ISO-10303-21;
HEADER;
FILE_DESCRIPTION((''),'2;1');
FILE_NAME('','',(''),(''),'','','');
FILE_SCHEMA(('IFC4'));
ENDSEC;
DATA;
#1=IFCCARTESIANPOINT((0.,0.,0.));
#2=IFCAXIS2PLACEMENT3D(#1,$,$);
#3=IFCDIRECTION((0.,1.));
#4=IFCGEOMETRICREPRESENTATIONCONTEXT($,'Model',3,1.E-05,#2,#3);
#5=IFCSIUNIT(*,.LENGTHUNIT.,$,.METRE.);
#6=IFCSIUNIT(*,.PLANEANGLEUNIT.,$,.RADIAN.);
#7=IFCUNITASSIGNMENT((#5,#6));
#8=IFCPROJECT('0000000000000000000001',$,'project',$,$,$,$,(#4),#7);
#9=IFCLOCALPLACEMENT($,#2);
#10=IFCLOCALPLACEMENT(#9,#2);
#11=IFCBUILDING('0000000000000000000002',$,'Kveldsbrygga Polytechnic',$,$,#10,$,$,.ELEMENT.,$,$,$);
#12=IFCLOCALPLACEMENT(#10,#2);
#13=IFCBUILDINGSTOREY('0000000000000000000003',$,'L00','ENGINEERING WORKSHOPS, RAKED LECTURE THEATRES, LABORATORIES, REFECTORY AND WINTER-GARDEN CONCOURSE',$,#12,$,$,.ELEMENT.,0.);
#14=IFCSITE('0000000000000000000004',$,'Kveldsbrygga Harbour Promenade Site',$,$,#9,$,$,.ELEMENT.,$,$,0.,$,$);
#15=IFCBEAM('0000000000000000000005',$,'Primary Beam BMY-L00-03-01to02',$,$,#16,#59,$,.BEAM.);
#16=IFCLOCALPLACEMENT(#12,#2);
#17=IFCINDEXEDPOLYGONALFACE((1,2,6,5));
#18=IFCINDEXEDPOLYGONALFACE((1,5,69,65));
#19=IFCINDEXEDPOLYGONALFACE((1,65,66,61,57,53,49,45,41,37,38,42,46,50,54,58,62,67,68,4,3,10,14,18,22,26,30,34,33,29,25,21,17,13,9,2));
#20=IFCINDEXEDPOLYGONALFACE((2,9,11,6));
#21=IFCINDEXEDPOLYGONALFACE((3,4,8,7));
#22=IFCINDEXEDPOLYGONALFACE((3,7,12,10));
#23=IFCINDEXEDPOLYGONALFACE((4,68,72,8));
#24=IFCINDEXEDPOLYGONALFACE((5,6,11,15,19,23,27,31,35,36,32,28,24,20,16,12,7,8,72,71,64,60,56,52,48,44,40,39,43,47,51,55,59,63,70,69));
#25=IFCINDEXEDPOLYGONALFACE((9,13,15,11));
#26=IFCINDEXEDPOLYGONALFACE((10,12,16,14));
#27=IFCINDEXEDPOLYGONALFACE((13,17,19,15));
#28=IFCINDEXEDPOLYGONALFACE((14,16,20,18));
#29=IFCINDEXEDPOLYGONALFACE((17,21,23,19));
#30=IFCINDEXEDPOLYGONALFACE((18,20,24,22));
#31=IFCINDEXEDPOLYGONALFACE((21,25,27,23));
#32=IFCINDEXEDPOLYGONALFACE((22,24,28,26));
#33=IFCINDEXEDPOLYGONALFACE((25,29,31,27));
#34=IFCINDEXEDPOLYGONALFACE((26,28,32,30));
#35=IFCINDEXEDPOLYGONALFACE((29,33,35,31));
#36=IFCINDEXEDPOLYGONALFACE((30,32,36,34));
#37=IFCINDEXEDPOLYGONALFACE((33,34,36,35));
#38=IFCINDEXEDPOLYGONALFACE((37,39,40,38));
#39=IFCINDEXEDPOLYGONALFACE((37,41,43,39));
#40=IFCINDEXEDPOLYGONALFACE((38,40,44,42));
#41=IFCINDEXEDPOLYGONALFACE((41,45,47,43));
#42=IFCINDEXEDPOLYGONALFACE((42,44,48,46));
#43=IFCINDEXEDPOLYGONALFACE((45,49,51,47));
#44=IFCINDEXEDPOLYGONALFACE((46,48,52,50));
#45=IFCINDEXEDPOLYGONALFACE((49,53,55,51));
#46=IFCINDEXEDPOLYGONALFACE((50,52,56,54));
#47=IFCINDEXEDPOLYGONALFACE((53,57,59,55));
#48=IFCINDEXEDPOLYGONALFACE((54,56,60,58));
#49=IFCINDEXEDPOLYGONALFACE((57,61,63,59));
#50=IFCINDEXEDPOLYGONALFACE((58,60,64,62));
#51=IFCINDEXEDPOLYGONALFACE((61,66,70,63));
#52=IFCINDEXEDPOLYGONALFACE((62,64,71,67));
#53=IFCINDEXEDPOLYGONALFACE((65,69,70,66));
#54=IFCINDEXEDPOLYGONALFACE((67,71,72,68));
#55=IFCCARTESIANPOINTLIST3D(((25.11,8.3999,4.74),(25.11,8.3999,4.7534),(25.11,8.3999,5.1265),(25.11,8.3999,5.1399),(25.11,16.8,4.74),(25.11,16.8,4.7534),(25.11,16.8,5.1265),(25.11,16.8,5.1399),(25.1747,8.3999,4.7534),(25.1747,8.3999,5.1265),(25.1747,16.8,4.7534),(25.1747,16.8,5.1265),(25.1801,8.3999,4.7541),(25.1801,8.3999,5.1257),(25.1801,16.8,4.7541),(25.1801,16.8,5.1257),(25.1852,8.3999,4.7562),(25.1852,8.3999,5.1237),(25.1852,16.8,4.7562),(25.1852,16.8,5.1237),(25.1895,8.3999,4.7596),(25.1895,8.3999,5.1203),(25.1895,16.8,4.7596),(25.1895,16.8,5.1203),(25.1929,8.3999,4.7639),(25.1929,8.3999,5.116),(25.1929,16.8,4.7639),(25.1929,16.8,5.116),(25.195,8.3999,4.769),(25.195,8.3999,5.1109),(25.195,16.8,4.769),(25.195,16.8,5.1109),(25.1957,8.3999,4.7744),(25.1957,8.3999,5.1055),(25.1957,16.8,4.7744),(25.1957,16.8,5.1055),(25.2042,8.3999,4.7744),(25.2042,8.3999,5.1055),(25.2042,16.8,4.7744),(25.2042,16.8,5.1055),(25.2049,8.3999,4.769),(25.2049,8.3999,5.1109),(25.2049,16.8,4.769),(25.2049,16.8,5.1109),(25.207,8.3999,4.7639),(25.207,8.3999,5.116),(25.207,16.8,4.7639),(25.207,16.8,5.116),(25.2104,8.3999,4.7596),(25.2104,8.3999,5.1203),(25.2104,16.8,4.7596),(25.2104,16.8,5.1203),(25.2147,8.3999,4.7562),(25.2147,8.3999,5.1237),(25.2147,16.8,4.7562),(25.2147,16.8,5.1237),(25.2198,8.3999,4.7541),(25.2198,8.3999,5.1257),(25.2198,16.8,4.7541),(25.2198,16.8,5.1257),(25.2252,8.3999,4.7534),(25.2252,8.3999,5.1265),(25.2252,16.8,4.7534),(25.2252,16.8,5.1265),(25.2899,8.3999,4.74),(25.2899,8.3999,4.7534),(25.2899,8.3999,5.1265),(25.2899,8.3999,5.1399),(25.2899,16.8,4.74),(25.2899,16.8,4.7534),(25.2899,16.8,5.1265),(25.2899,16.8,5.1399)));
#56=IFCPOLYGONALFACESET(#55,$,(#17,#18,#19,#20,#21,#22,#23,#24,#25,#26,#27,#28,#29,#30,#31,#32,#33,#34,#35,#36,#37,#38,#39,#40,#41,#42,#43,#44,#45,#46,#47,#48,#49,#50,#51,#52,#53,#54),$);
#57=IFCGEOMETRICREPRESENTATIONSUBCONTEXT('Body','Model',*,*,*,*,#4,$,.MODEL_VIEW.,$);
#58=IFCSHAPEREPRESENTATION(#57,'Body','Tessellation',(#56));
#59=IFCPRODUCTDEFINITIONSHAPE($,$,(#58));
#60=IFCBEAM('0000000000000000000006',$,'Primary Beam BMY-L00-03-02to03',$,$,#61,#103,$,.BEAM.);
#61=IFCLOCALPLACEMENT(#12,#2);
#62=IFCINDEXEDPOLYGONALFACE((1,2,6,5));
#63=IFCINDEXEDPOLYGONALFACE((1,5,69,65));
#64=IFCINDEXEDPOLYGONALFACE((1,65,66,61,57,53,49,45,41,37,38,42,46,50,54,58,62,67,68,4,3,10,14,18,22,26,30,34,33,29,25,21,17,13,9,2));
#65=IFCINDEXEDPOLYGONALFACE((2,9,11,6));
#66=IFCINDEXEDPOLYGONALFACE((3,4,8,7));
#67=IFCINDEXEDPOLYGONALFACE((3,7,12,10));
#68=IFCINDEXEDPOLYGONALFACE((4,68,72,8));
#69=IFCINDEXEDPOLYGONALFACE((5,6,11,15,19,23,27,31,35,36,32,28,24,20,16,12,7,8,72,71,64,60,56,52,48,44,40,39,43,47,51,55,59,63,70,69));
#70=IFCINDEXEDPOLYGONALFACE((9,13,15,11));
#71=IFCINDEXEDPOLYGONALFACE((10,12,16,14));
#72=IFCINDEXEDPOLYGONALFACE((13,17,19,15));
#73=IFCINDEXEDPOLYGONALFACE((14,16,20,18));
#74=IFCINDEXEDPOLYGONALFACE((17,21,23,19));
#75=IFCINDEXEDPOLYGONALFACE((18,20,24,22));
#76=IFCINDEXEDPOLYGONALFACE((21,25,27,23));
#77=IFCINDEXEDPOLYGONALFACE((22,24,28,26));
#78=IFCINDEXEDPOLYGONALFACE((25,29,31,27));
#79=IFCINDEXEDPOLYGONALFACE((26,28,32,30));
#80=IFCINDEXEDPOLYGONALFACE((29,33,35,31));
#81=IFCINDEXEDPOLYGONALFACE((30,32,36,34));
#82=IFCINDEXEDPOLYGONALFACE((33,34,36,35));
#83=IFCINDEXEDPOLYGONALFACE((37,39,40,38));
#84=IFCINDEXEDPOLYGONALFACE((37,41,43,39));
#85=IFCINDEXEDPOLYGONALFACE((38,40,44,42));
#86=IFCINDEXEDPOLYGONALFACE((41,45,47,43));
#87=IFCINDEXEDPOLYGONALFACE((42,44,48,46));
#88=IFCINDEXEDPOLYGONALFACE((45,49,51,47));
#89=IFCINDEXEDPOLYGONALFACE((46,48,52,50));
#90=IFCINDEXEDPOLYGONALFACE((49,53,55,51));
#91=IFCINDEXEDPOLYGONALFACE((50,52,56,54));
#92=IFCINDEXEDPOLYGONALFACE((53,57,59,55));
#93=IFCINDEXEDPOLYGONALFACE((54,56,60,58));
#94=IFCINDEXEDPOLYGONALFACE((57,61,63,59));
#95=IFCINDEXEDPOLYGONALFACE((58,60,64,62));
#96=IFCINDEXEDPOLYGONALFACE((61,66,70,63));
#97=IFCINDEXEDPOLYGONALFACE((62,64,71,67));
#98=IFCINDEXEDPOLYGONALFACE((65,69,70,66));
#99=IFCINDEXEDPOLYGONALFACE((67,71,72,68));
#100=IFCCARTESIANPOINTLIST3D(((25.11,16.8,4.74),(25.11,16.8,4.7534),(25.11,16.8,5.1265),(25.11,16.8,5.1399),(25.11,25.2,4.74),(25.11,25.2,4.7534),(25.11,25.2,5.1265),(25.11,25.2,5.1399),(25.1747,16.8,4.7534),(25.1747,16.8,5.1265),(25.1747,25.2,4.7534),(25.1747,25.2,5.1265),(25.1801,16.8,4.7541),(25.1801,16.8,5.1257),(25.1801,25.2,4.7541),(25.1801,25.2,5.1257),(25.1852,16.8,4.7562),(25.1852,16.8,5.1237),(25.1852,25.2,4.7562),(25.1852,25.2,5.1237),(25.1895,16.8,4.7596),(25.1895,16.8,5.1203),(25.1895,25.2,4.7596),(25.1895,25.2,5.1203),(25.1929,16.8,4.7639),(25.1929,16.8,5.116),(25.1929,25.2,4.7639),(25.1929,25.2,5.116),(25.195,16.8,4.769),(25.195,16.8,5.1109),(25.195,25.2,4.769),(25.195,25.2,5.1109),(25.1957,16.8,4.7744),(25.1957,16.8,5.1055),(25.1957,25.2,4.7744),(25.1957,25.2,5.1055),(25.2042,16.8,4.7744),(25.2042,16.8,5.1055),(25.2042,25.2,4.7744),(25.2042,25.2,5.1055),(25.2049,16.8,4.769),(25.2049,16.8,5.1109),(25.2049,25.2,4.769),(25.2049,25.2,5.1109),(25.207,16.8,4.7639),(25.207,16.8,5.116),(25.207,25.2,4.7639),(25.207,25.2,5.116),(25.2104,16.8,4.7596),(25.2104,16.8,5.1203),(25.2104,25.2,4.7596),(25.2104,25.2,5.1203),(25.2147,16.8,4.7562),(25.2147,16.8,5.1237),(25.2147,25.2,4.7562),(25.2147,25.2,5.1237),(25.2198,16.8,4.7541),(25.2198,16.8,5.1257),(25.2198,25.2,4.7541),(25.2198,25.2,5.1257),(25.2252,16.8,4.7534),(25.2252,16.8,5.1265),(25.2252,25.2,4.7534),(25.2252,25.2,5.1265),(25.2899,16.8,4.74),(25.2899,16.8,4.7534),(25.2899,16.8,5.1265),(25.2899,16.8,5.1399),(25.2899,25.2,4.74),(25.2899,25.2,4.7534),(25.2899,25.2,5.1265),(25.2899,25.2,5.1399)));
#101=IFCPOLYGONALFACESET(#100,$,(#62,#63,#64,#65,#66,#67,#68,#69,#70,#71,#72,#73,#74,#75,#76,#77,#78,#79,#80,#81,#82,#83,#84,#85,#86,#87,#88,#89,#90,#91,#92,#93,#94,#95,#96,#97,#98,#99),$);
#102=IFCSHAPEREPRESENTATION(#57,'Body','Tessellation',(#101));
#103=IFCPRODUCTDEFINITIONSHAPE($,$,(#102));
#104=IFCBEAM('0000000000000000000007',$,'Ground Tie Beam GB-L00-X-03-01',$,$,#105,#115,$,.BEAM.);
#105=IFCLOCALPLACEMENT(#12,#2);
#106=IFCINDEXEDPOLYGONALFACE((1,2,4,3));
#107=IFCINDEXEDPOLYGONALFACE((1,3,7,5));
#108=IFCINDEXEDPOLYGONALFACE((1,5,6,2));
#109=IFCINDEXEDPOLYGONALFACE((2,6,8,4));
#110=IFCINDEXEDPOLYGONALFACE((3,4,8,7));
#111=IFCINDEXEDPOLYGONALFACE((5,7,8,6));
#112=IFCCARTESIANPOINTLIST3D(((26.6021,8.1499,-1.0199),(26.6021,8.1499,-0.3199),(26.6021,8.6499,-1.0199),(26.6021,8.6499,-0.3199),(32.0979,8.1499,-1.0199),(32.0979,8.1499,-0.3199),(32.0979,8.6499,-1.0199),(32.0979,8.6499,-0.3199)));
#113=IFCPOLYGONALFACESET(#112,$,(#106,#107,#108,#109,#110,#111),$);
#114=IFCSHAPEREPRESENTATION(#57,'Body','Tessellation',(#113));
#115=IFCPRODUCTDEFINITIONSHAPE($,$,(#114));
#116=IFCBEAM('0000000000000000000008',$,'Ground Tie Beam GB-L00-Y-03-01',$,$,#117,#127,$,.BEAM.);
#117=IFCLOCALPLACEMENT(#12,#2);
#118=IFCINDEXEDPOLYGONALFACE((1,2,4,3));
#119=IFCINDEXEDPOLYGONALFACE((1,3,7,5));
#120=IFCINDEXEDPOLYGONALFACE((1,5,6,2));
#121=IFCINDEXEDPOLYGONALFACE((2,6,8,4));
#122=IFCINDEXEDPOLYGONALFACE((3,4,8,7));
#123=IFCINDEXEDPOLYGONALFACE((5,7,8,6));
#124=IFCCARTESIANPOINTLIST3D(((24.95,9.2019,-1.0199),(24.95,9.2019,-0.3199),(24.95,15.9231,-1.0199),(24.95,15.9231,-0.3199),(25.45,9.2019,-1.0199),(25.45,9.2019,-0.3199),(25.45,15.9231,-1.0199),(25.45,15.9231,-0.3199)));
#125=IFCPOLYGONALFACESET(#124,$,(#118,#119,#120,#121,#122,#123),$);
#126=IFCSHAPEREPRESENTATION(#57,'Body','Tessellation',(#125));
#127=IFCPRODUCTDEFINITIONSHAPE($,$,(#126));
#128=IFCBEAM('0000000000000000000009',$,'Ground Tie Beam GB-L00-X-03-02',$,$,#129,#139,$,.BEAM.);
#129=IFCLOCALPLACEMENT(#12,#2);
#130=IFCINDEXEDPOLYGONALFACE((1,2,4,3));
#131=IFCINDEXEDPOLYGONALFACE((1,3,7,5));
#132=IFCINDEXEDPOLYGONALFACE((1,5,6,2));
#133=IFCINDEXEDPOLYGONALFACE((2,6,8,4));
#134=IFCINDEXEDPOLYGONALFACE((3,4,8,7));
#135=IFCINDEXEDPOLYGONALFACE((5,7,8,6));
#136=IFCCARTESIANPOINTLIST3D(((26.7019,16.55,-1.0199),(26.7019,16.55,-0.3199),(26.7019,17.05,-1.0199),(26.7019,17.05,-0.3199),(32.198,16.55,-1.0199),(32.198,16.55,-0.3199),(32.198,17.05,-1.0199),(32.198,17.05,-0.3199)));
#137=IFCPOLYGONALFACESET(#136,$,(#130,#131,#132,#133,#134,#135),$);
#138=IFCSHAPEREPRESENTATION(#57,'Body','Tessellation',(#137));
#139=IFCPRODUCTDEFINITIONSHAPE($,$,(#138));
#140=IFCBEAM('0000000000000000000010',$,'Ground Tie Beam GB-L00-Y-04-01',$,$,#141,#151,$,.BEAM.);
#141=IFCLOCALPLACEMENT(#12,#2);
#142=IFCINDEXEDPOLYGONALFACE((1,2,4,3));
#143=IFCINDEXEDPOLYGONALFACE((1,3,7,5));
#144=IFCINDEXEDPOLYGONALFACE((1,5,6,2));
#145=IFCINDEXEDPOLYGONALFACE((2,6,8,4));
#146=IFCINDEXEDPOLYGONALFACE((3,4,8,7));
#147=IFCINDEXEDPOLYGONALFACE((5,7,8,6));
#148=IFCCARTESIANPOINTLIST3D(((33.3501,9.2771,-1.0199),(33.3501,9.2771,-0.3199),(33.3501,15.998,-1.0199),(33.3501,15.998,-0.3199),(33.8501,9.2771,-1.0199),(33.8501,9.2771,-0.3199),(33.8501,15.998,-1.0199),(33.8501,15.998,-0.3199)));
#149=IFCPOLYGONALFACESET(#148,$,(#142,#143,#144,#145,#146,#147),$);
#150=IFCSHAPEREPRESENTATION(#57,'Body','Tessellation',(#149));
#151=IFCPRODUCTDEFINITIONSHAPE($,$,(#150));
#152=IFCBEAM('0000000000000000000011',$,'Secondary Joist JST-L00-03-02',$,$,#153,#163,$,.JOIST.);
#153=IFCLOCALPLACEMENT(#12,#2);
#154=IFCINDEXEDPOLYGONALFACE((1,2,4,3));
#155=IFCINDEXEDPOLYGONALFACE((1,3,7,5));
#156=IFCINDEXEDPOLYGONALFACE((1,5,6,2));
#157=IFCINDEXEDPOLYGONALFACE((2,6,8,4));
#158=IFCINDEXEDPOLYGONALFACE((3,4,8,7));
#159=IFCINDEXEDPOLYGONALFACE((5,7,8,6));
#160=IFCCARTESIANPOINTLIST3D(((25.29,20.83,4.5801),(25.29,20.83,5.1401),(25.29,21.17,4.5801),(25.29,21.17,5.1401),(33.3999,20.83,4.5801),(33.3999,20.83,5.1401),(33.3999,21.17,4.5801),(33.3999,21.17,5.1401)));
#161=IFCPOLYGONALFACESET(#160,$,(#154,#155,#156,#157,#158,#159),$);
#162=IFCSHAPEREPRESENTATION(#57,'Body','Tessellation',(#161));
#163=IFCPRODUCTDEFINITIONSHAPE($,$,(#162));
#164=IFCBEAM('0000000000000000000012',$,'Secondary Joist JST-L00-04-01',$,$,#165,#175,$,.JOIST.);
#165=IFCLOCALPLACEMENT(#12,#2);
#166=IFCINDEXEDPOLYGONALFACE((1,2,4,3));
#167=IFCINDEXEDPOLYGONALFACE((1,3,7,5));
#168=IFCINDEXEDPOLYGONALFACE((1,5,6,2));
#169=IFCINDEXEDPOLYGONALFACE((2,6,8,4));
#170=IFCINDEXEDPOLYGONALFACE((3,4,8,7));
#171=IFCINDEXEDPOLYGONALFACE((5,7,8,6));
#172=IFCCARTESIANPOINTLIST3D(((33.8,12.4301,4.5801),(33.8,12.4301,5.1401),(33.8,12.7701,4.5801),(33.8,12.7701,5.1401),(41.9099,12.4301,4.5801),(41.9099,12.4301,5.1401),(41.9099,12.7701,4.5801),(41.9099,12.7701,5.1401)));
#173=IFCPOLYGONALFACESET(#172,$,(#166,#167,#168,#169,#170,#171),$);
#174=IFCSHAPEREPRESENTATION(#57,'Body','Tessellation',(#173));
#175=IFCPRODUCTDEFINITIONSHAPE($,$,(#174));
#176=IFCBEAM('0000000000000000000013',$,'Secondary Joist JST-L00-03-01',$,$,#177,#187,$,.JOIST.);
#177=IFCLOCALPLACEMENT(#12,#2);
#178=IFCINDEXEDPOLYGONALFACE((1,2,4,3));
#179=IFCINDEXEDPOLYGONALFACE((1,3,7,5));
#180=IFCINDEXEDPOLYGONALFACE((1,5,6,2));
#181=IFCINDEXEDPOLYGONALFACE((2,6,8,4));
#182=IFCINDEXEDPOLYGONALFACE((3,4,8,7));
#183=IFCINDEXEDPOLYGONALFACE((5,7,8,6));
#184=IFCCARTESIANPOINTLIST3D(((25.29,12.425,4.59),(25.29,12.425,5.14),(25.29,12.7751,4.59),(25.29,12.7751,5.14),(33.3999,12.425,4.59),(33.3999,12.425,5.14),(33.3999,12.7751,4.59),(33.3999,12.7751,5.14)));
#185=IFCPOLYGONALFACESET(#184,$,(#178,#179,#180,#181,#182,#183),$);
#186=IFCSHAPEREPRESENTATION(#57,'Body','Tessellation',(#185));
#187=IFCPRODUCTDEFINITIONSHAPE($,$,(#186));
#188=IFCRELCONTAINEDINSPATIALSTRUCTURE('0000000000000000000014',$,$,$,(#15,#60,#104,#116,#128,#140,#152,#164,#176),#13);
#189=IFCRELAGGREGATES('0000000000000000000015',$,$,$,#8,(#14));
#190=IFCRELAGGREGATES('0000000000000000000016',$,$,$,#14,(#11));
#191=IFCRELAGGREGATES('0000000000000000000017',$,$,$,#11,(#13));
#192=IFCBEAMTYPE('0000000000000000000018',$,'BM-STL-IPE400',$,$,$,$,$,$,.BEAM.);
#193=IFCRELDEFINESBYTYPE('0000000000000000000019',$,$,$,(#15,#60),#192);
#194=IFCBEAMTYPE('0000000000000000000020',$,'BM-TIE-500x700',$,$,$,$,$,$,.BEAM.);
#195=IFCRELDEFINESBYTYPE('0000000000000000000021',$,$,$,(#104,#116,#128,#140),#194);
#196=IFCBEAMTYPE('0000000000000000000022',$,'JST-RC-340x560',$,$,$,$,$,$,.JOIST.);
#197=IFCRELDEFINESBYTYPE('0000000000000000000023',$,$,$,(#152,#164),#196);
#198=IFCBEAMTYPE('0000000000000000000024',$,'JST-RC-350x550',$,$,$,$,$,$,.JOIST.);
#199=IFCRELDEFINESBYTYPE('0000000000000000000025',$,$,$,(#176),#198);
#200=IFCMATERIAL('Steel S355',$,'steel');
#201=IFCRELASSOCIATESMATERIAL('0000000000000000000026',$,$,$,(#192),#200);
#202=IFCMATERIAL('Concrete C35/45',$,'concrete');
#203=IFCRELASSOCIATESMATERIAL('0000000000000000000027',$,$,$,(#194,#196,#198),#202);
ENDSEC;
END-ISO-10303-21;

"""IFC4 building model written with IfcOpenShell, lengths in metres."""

from ifc_helpers import new_model, si_unit, direction, frame, origin, origin_2d, place, context, subcontext, project, spatial, rectangle, i_section, extrude, material, material_profile, profile_set, type_object, element, save


model = new_model("IFC4")

# Units and contexts
model_context = context("Model", 3, precision=1e-05, world=origin(), true_north=direction((0.0, 1.0)))
body_context = subcontext(model_context, "Body", "Model", "MODEL_VIEW")
ifc_project = project(units=[si_unit("LENGTHUNIT", "METRE"), si_unit("PLANEANGLEUNIT", "RADIAN")], contexts=[model_context])

# Site, building, storey
site_placement = place(None, origin())
site = spatial("IfcSite", under=ifc_project, at=site_placement, Name="Kveldsbrygga Harbour Promenade Site", CompositionType="ELEMENT", RefElevation=0.0)
building_placement = place(site_placement, origin())
building = spatial("IfcBuilding", under=site, at=building_placement, Name="Kveldsbrygga Polytechnic", CompositionType="ELEMENT")
storey_placement = place(building_placement, origin())
storey = spatial("IfcBuildingStorey", under=building, at=storey_placement, Name="L00", Description="ENGINEERING WORKSHOPS, RAKED LECTURE THEATRES, LABORATORIES, REFECTORY AND WINTER-GARDEN CONCOURSE", CompositionType="ELEMENT", Elevation=0.0)

# Beams
ifc_material_1 = material(Name="Concrete C35/45", Category="concrete")
ifc_material_2 = material(Name="Steel S355", Category="steel")
ifc_material_profile_1 = material_profile(ifc_material_2, i_section(OverallWidth=0.1799, OverallDepth=0.3999, WebThickness=0.0085, FlangeThickness=0.0134, FilletRadius=0.021, at=origin_2d()), Name="IPE 400")
ifc_profile_set_1 = profile_set([ifc_material_profile_1], Name="Steel S355")
beam_type_1 = type_object("IfcBeamType", Name="BM-STL-IPE400", PredefinedType="BEAM", material=ifc_profile_set_1)
beam_1_placement = place(storey_placement, frame((25.2, 8.3999, 4.9399), z_axis=(0.0, 1.0, 0.0), x_axis=(-1.0, 0.0, 0.0)))
element("IfcBeam", 1, at=beam_1_placement, inside=storey, type_object=beam_type_1, Name="Primary Beam BMY-L00-03-01to02", PredefinedType="BEAM", context=body_context, shape_type="SweptSolid", body=[
    extrude(i_section(OverallWidth=0.1799, OverallDepth=0.3999, WebThickness=0.0085, FlangeThickness=0.0134, FilletRadius=0.021, at=origin_2d()), origin(), (0.0, 0.0, 1.0), 8.4001),
])
beam_2_placement = place(storey_placement, frame((25.2, 16.8, 4.9399), z_axis=(0.0, 1.0, 0.0), x_axis=(-1.0, 0.0, 0.0)))
element("IfcBeam", 2, at=beam_2_placement, inside=storey, type_object=beam_type_1, Name="Primary Beam BMY-L00-03-02to03", PredefinedType="BEAM", context=body_context, shape_type="SweptSolid", body=[
    extrude(i_section(OverallWidth=0.1799, OverallDepth=0.3999, WebThickness=0.0085, FlangeThickness=0.0134, FilletRadius=0.021, at=origin_2d()), origin(), (0.0, 0.0, 1.0), 8.3999),
])
ifc_material_profile_2 = material_profile(ifc_material_1, rectangle(XDim=0.5, YDim=0.7, at=origin_2d()), Name="RC 500x700")
ifc_profile_set_2 = profile_set([ifc_material_profile_2], Name="Concrete C35/45")
beam_type_2 = type_object("IfcBeamType", Name="BM-TIE-500x700", PredefinedType="BEAM", material=ifc_profile_set_2)
beam_3_placement = place(storey_placement, frame((26.6021, 8.3999, -0.6699), z_axis=(1.0, 0.0, 0.0), x_axis=(0.0, 1.0, 0.0)))
element("IfcBeam", 3, at=beam_3_placement, inside=storey, type_object=beam_type_2, Name="Ground Tie Beam GB-L00-X-03-01", PredefinedType="BEAM", context=body_context, shape_type="SweptSolid", body=[
    extrude(rectangle(XDim=0.5, YDim=0.7, at=origin_2d()), origin(), (0.0, 0.0, 1.0), 5.4958),
])
beam_4_placement = place(storey_placement, frame((25.2, 9.2019, -0.6699), z_axis=(0.0, 1.0, 0.0), x_axis=(-1.0, 0.0, 0.0)))
element("IfcBeam", 4, at=beam_4_placement, inside=storey, type_object=beam_type_2, Name="Ground Tie Beam GB-L00-Y-03-01", PredefinedType="BEAM", context=body_context, shape_type="SweptSolid", body=[
    extrude(rectangle(XDim=0.5, YDim=0.7, at=origin_2d()), origin(), (0.0, 0.0, 1.0), 6.7212),
])
beam_5_placement = place(storey_placement, frame((26.7019, 16.8, -0.6699), z_axis=(1.0, 0.0, 0.0), x_axis=(0.0, 1.0, 0.0)))
element("IfcBeam", 5, at=beam_5_placement, inside=storey, type_object=beam_type_2, Name="Ground Tie Beam GB-L00-X-03-02", PredefinedType="BEAM", context=body_context, shape_type="SweptSolid", body=[
    extrude(rectangle(XDim=0.5, YDim=0.7, at=origin_2d()), origin(), (0.0, 0.0, 1.0), 5.4961),
])
beam_6_placement = place(storey_placement, frame((33.6001, 9.2771, -0.6699), z_axis=(0.0, 1.0, 0.0), x_axis=(-1.0, 0.0, 0.0)))
element("IfcBeam", 6, at=beam_6_placement, inside=storey, type_object=beam_type_2, Name="Ground Tie Beam GB-L00-Y-04-01", PredefinedType="BEAM", context=body_context, shape_type="SweptSolid", body=[
    extrude(rectangle(XDim=0.5, YDim=0.7, at=origin_2d()), origin(), (0.0, 0.0, 1.0), 6.7209),
])
ifc_material_profile_3 = material_profile(ifc_material_1, rectangle(XDim=0.3401, YDim=0.5601, at=origin_2d()), Name="RC 340x560")
ifc_profile_set_3 = profile_set([ifc_material_profile_3], Name="Concrete C35/45")
beam_type_3 = type_object("IfcBeamType", Name="JST-RC-340x560", PredefinedType="JOIST", material=ifc_profile_set_3)
for number, where, z_axis, x_axis, name in (
    (7, (25.29, 21.0, 4.8601), (1.0, 0.0, 0.0), (0.0, 1.0, 0.0), "Secondary Joist JST-L00-03-02"),
    (8, (33.8, 12.6001, 4.8601), (1.0, 0.0, 0.0), (0.0, 1.0, 0.0), "Secondary Joist JST-L00-04-01"),
):
    element("IfcBeam", number, at=place(storey_placement, frame(where, z_axis=z_axis, x_axis=x_axis)), inside=storey, type_object=beam_type_3, Name=name, PredefinedType="JOIST", context=body_context, shape_type="SweptSolid", body=[
        extrude(rectangle(XDim=0.3401, YDim=0.5601, at=origin_2d()), origin(), (0.0, 0.0, 1.0), 8.1099),
    ])
ifc_material_profile_4 = material_profile(ifc_material_1, rectangle(XDim=0.3501, YDim=0.55, at=origin_2d()), Name="RC 350x550")
ifc_profile_set_4 = profile_set([ifc_material_profile_4], Name="Concrete C35/45")
beam_type_4 = type_object("IfcBeamType", Name="JST-RC-350x550", PredefinedType="JOIST", material=ifc_profile_set_4)
for number, where, z_axis, x_axis, name in (
    (9, (25.29, 12.6001, 4.865), (1.0, 0.0, 0.0), (0.0, 1.0, 0.0), "Secondary Joist JST-L00-03-01"),
):
    element("IfcBeam", number, at=place(storey_placement, frame(where, z_axis=z_axis, x_axis=x_axis)), inside=storey, type_object=beam_type_4, Name=name, PredefinedType="JOIST", context=body_context, shape_type="SweptSolid", body=[
        extrude(rectangle(XDim=0.3501, YDim=0.55, at=origin_2d()), origin(), (0.0, 0.0, 1.0), 8.1099),
    ])

save(model, "model.ifc")
